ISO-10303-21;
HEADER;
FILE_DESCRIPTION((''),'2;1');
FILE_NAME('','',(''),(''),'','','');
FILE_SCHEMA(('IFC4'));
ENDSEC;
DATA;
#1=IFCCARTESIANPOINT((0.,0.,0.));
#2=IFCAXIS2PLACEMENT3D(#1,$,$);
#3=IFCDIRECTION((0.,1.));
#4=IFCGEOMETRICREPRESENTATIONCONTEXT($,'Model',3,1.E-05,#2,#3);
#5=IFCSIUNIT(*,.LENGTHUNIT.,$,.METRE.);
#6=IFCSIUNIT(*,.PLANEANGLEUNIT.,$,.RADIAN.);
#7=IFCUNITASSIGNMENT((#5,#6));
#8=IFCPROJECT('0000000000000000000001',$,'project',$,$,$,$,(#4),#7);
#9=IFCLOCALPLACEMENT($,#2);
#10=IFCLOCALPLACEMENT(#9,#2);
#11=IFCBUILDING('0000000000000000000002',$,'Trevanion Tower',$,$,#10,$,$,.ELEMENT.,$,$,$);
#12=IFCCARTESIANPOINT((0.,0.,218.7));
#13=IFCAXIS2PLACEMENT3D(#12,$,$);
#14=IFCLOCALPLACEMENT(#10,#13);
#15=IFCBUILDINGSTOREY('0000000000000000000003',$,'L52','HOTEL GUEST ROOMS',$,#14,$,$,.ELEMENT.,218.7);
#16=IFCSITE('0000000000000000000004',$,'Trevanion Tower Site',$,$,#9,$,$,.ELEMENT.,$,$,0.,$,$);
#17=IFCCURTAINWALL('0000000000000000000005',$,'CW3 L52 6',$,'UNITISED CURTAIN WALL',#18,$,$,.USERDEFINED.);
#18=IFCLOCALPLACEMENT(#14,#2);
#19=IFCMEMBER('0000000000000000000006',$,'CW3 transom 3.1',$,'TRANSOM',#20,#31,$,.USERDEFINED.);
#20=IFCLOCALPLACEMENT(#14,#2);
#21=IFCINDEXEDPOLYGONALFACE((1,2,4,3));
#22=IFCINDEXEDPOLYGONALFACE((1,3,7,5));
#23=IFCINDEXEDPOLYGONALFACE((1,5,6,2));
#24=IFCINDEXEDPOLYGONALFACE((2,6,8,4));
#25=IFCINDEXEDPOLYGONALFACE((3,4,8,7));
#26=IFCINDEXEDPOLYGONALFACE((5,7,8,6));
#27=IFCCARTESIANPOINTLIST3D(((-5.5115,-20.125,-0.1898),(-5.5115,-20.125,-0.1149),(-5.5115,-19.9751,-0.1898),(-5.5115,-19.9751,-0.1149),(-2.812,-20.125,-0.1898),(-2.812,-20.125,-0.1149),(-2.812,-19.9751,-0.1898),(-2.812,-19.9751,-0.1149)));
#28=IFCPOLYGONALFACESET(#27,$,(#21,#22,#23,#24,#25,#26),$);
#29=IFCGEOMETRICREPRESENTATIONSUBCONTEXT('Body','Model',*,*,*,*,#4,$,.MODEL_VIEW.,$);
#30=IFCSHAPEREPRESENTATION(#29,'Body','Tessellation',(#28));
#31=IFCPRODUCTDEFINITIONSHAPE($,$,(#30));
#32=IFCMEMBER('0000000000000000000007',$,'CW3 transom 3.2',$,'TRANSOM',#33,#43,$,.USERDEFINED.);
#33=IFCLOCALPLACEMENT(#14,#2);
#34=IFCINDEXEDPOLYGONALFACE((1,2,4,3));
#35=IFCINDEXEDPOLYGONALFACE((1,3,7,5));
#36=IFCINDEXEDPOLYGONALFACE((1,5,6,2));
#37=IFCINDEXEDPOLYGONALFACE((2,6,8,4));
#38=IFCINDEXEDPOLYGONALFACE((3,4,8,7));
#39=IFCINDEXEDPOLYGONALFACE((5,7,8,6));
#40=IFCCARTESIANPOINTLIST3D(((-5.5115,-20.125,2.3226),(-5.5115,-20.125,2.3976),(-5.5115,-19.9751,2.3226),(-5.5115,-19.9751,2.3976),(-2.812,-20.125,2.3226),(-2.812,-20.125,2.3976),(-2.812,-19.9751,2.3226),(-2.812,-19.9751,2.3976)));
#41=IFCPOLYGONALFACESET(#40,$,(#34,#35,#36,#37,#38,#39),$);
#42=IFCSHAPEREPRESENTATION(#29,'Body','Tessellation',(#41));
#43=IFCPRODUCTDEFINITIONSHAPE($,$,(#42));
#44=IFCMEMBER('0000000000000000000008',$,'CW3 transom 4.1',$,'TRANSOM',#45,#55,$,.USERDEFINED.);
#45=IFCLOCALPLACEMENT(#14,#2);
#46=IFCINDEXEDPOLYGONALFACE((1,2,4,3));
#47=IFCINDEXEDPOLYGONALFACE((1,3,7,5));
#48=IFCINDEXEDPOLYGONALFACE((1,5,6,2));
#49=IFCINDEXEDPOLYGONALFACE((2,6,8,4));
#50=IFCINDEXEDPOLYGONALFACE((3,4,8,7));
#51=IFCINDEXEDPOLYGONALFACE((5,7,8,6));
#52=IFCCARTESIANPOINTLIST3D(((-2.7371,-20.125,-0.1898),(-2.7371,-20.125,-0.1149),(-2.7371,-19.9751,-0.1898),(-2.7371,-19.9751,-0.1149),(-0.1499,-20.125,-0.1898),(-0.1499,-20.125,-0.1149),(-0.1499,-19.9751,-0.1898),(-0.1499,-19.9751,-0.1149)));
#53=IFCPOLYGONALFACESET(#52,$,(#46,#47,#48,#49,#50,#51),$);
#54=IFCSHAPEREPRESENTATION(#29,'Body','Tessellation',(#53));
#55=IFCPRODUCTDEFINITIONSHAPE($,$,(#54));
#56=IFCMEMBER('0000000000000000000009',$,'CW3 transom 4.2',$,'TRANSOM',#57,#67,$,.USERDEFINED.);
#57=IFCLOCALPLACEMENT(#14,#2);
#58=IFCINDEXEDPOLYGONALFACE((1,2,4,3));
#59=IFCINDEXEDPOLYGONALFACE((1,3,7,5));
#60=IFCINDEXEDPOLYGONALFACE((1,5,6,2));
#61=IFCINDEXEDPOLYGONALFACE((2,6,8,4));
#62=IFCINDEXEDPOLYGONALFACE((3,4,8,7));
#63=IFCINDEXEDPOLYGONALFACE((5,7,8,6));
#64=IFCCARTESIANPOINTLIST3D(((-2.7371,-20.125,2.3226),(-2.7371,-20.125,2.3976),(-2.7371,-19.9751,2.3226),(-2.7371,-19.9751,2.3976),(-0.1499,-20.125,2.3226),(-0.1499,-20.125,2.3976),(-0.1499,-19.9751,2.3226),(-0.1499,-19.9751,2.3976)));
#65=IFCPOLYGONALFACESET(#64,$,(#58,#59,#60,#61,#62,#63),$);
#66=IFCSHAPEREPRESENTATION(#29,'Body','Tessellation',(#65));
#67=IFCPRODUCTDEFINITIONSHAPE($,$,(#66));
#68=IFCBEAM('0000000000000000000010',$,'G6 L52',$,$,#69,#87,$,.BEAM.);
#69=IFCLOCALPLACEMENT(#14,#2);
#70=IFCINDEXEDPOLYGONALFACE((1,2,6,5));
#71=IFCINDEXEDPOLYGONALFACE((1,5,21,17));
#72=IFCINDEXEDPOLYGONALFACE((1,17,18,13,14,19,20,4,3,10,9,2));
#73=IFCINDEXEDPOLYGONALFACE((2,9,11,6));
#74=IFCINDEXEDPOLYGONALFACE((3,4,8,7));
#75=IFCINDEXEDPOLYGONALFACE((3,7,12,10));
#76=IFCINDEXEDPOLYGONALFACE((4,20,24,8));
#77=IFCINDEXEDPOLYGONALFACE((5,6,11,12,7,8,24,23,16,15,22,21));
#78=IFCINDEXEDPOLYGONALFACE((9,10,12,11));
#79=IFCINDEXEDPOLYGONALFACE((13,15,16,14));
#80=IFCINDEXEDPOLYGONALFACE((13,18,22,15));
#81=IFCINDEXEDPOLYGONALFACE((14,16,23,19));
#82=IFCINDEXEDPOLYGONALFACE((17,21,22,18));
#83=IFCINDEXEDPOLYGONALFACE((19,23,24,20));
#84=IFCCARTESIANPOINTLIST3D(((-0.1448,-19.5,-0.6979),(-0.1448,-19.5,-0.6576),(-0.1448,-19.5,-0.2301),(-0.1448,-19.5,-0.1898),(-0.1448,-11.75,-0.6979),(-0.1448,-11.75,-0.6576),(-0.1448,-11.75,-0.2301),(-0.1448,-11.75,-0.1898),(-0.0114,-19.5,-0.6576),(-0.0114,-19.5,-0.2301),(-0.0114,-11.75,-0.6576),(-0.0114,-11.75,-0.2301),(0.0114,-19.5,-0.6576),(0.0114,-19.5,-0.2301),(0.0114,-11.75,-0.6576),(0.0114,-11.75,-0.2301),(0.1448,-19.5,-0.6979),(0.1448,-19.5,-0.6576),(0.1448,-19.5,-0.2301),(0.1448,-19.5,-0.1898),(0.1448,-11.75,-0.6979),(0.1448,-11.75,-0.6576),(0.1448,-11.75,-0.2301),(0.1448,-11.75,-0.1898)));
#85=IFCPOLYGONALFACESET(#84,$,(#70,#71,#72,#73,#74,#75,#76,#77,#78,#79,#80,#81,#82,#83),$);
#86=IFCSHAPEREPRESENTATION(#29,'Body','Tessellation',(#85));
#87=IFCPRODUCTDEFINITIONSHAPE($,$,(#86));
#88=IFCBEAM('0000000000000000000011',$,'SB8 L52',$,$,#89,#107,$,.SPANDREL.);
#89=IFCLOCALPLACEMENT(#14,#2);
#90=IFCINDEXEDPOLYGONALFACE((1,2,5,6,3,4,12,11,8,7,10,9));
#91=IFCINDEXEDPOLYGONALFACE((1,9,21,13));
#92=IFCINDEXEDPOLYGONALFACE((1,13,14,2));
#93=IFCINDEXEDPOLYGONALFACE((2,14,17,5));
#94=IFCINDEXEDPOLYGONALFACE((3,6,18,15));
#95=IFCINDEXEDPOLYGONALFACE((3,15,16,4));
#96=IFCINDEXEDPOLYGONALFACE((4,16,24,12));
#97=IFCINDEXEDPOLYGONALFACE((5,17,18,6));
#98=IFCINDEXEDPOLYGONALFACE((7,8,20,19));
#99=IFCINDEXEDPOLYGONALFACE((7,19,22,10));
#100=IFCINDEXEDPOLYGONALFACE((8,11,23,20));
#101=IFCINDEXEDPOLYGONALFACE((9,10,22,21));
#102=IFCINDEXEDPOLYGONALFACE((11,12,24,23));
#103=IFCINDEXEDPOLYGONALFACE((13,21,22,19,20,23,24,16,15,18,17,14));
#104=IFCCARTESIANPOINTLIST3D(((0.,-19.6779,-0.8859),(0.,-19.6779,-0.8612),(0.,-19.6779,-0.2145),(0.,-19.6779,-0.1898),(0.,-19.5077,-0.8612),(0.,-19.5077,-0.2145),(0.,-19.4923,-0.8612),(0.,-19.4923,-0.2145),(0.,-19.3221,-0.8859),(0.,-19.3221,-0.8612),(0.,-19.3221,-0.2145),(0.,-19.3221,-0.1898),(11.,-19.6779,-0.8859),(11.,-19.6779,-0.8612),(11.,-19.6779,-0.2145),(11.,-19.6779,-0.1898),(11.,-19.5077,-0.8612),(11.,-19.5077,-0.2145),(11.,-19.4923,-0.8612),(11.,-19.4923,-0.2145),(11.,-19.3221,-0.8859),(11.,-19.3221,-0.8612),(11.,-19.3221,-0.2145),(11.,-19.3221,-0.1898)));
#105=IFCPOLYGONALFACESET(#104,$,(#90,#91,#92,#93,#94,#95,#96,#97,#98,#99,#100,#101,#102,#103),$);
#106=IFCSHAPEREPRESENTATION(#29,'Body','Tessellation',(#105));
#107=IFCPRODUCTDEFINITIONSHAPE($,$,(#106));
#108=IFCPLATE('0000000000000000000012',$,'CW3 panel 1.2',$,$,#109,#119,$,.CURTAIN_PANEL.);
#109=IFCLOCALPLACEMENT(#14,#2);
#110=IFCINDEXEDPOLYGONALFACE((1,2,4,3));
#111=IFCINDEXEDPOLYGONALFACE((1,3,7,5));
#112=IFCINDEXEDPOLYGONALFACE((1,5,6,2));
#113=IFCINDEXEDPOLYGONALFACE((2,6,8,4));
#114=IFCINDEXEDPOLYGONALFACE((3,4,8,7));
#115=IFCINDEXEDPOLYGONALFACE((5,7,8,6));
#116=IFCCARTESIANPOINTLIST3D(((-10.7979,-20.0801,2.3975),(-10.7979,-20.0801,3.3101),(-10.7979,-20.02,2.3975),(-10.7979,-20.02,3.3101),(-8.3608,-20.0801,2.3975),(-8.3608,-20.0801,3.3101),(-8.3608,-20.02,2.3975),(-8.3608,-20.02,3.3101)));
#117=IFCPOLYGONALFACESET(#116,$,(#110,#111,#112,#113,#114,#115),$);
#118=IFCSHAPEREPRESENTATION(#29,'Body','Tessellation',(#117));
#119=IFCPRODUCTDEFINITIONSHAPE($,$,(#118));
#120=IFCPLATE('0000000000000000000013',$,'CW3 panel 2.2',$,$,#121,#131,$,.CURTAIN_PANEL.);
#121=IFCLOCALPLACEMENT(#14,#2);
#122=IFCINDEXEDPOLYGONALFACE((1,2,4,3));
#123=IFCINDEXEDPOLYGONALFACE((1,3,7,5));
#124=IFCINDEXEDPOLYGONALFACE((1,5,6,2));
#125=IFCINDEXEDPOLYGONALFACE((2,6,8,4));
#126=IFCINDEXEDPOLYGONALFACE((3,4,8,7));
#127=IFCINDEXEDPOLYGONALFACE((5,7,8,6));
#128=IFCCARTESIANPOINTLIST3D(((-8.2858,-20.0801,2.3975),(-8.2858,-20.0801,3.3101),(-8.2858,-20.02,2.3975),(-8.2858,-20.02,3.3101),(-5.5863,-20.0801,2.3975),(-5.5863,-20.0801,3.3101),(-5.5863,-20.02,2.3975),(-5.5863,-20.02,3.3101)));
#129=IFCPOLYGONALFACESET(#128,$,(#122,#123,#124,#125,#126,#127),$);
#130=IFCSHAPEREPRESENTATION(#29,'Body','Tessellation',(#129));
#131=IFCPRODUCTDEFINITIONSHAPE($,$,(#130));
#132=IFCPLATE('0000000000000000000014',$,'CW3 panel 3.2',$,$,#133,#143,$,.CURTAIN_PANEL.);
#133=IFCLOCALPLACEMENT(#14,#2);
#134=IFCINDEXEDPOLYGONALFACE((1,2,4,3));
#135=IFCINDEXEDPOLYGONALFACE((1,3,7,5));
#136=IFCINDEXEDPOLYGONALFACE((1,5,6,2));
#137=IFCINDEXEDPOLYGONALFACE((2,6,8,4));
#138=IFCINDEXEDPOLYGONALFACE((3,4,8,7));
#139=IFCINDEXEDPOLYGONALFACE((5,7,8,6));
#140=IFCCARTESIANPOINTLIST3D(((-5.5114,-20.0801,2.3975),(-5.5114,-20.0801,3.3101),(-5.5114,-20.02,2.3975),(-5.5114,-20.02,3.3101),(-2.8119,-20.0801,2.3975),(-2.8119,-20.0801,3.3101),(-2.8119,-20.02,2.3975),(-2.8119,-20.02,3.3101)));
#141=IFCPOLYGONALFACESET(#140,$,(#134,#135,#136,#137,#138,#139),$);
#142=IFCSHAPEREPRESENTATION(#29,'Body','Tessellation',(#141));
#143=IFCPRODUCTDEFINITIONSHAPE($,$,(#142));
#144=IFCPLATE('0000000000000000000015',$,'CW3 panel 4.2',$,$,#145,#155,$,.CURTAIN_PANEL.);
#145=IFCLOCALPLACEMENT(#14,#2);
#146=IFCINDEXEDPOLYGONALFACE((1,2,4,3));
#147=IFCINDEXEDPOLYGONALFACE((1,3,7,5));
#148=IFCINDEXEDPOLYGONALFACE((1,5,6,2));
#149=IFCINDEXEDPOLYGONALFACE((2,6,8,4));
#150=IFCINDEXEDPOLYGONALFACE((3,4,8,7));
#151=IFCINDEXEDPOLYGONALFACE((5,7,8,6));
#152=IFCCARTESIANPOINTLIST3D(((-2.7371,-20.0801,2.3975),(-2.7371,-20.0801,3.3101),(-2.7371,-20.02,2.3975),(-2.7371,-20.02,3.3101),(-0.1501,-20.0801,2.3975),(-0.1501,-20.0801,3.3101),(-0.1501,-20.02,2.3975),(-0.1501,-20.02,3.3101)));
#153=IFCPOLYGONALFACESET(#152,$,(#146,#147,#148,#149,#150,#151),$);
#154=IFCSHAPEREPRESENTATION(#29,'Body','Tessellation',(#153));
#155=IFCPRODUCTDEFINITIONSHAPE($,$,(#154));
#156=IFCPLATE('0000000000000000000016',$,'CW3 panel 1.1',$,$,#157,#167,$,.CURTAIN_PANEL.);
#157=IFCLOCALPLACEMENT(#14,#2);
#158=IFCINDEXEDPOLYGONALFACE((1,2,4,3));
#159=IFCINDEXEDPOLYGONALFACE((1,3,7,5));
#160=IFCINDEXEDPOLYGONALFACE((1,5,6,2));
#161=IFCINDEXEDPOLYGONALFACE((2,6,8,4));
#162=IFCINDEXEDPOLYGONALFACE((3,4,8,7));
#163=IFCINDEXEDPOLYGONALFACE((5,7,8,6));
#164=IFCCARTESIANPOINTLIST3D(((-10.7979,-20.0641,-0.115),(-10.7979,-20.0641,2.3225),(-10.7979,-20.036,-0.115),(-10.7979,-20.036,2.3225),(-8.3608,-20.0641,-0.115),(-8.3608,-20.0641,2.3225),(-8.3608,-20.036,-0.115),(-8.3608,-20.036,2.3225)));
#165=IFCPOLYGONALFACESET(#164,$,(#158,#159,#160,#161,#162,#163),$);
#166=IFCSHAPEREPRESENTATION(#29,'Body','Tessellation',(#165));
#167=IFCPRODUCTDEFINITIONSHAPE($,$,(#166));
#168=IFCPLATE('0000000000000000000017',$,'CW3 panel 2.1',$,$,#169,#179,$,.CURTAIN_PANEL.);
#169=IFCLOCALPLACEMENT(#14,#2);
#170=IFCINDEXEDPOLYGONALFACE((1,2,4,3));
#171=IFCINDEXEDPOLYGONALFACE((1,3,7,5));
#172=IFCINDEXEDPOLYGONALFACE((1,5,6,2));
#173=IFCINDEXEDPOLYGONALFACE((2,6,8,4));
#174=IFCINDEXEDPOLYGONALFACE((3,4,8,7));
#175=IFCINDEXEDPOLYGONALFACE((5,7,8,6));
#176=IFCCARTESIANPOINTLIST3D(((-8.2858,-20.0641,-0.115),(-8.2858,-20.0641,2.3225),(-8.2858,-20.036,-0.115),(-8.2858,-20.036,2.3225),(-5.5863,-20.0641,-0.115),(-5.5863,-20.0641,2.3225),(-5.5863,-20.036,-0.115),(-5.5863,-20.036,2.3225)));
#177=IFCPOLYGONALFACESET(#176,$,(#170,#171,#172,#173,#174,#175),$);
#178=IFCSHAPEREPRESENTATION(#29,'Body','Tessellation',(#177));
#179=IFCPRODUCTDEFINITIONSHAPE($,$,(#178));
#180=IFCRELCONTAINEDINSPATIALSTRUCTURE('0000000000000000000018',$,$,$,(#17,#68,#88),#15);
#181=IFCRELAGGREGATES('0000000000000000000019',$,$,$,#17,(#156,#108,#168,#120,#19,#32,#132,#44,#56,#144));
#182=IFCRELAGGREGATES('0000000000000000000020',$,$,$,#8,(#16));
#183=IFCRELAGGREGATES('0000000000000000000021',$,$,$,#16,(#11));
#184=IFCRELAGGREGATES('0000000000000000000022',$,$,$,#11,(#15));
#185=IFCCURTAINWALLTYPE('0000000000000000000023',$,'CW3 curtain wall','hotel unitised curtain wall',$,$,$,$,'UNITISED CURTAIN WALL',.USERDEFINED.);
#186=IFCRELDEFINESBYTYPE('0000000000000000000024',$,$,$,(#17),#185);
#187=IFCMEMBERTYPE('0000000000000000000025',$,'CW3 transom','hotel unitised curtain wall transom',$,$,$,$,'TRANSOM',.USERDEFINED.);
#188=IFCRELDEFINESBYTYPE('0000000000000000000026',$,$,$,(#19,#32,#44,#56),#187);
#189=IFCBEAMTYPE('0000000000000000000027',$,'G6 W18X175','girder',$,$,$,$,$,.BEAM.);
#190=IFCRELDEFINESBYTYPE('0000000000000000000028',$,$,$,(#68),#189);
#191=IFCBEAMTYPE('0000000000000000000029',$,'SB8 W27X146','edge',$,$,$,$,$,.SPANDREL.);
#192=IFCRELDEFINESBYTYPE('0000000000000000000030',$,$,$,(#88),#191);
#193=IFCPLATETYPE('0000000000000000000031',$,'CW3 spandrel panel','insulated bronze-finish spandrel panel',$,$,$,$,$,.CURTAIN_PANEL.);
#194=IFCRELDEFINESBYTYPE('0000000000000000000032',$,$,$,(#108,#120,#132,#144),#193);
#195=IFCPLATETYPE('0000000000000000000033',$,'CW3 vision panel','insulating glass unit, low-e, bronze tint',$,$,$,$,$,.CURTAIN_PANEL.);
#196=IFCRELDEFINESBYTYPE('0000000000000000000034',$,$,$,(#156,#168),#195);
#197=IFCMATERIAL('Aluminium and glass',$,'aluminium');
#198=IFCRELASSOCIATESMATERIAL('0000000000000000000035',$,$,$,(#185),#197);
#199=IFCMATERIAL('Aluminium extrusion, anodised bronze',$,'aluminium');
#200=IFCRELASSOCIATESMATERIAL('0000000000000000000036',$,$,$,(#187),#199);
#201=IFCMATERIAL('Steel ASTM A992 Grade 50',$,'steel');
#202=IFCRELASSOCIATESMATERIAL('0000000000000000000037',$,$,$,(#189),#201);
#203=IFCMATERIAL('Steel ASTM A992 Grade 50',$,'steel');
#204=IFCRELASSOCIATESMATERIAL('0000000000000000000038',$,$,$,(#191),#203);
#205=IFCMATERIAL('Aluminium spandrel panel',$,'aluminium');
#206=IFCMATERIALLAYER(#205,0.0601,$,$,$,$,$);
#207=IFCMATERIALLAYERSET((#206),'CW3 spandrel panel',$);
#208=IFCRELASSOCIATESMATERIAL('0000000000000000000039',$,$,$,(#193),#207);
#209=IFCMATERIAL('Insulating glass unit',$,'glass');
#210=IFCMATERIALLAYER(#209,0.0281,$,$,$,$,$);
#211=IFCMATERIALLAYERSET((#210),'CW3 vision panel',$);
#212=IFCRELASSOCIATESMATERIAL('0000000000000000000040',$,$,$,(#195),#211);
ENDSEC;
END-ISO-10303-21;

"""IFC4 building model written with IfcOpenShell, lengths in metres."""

from ifc_helpers import new_model, si_unit, direction, frame, origin, origin_2d, place, context, subcontext, project, spatial, rectangle, i_section, extrude, material, layer, layer_set, material_profile, profile_set, type_object, element, aggregate, save


model = new_model("IFC4")

# Units and contexts
model_context = context("Model", 3, precision=1e-05, world=origin(), true_north=direction((0.0, 1.0)))
body_context = subcontext(model_context, "Body", "Model", "MODEL_VIEW")
ifc_project = project(units=[si_unit("LENGTHUNIT", "METRE"), si_unit("PLANEANGLEUNIT", "RADIAN")], contexts=[model_context])

# Site, building, storey
site_placement = place(None, origin())
site = spatial("IfcSite", under=ifc_project, at=site_placement, Name="Trevanion Tower Site", CompositionType="ELEMENT", RefElevation=0.0)
building_placement = place(site_placement, origin())
building = spatial("IfcBuilding", under=site, at=building_placement, Name="Trevanion Tower", CompositionType="ELEMENT")
storey_placement = place(building_placement, frame((0.0, 0.0, 218.7)))
storey = spatial("IfcBuildingStorey", under=building, at=storey_placement, Name="L52", Description="HOTEL GUEST ROOMS", CompositionType="ELEMENT", Elevation=218.7)

# Curtain wall, members
ifc_material_1 = material(Name="Aluminium and glass", Category="aluminium")
curtain_wall_type = type_object("IfcCurtainWallType", Name="CW3 curtain wall", Description="hotel unitised curtain wall", ElementType="UNITISED CURTAIN WALL", PredefinedType="USERDEFINED", material=ifc_material_1)
curtain_wall_placement = place(storey_placement, origin())
curtain_wall = element("IfcCurtainWall", 1, at=curtain_wall_placement, inside=storey, type_object=curtain_wall_type, Name="CW3 L52 6", ObjectType="UNITISED CURTAIN WALL", PredefinedType="USERDEFINED")
ifc_material_2 = material(Name="Aluminium extrusion, anodised bronze", Category="aluminium")
ifc_material_profile_1 = material_profile(ifc_material_2, rectangle(XDim=0.1499, YDim=0.075, at=origin_2d()), Name="CW3 transom")
ifc_profile_set_1 = profile_set([ifc_material_profile_1], Name="Aluminium extrusion, anodised bronze")
member_type_1 = type_object("IfcMemberType", Name="CW3 transom", Description="hotel unitised curtain wall transom", ElementType="TRANSOM", PredefinedType="USERDEFINED", material=ifc_profile_set_1)
member_1_placement = place(storey_placement, frame((-5.5115, -20.05, -0.1523), z_axis=(1.0, 0.0, 0.0), x_axis=(0.0, 1.0, 0.0)))
member_1 = element("IfcMember", 2, at=member_1_placement, type_object=member_type_1, Name="CW3 transom 3.1", ObjectType="TRANSOM", PredefinedType="USERDEFINED", context=body_context, shape_type="SweptSolid", body=[
    extrude(rectangle(XDim=0.1499, YDim=0.075, at=origin_2d()), origin(), (0.0, 0.0, 1.0), 2.6995),
])
member_2_placement = place(storey_placement, frame((-5.5115, -20.05, 2.3601), z_axis=(1.0, 0.0, 0.0), x_axis=(0.0, 1.0, 0.0)))
member_2 = element("IfcMember", 3, at=member_2_placement, type_object=member_type_1, Name="CW3 transom 3.2", ObjectType="TRANSOM", PredefinedType="USERDEFINED", context=body_context, shape_type="SweptSolid", body=[
    extrude(rectangle(XDim=0.1499, YDim=0.075, at=origin_2d()), origin(), (0.0, 0.0, 1.0), 2.6995),
])
member_3_placement = place(storey_placement, frame((-2.7371, -20.05, -0.1523), z_axis=(1.0, 0.0, 0.0), x_axis=(0.0, 1.0, 0.0)))
member_3 = element("IfcMember", 4, at=member_3_placement, type_object=member_type_1, Name="CW3 transom 4.1", ObjectType="TRANSOM", PredefinedType="USERDEFINED", context=body_context, shape_type="SweptSolid", body=[
    extrude(rectangle(XDim=0.1499, YDim=0.075, at=origin_2d()), origin(), (0.0, 0.0, 1.0), 2.5872),
])
member_4_placement = place(storey_placement, frame((-2.7371, -20.05, 2.3601), z_axis=(1.0, 0.0, 0.0), x_axis=(0.0, 1.0, 0.0)))
member_4 = element("IfcMember", 5, at=member_4_placement, type_object=member_type_1, Name="CW3 transom 4.2", ObjectType="TRANSOM", PredefinedType="USERDEFINED", context=body_context, shape_type="SweptSolid", body=[
    extrude(rectangle(XDim=0.1499, YDim=0.075, at=origin_2d()), origin(), (0.0, 0.0, 1.0), 2.5872),
])

# Beams
ifc_material_3 = material(Name="Steel ASTM A992 Grade 50", Category="steel")
ifc_material_profile_2 = material_profile(ifc_material_3, i_section(OverallWidth=0.2896, OverallDepth=0.5081, WebThickness=0.0227, FlangeThickness=0.0403, at=origin_2d()), Name="W18X175")
ifc_profile_set_2 = profile_set([ifc_material_profile_2], Name="Steel ASTM A992 Grade 50")
beam_type_1 = type_object("IfcBeamType", Name="G6 W18X175", Description="girder", PredefinedType="BEAM", material=ifc_profile_set_2)
beam_1_placement = place(storey_placement, frame((0.0, -11.75, -0.4438), z_axis=(0.0, -1.0, 0.0), x_axis=(1.0, 0.0, 0.0)))
element("IfcBeam", 6, at=beam_1_placement, inside=storey, type_object=beam_type_1, Name="G6 L52", PredefinedType="BEAM", context=body_context, shape_type="SweptSolid", body=[
    extrude(i_section(OverallWidth=0.2896, OverallDepth=0.5081, WebThickness=0.0227, FlangeThickness=0.0403, at=origin_2d()), origin(), (0.0, 0.0, 1.0), 7.75),
])
ifc_material_4 = material(Name="Steel ASTM A992 Grade 50", Category="steel")
ifc_material_profile_3 = material_profile(ifc_material_4, i_section(OverallWidth=0.3557, OverallDepth=0.696, WebThickness=0.0154, FlangeThickness=0.0247, at=origin_2d()), Name="W27X146")
ifc_profile_set_3 = profile_set([ifc_material_profile_3], Name="Steel ASTM A992 Grade 50")
beam_type_2 = type_object("IfcBeamType", Name="SB8 W27X146", Description="edge", PredefinedType="SPANDREL", material=ifc_profile_set_3)
beam_2_placement = place(storey_placement, frame((0.0, -19.5, -0.5378), z_axis=(1.0, 0.0, 0.0), x_axis=(0.0, 1.0, 0.0)))
element("IfcBeam", 7, at=beam_2_placement, inside=storey, type_object=beam_type_2, Name="SB8 L52", PredefinedType="SPANDREL", context=body_context, shape_type="SweptSolid", body=[
    extrude(i_section(OverallWidth=0.3557, OverallDepth=0.696, WebThickness=0.0154, FlangeThickness=0.0247, at=origin_2d()), origin(), (0.0, 0.0, 1.0), 11.0),
])

# Plates
ifc_material_5 = material(Name="Aluminium spandrel panel", Category="aluminium")
ifc_layer_1 = layer(ifc_material_5, 0.0601)
ifc_layer_set_1 = layer_set([ifc_layer_1], Name="CW3 spandrel panel")
plate_type_1 = type_object("IfcPlateType", Name="CW3 spandrel panel", Description="insulated bronze-finish spandrel panel", PredefinedType="CURTAIN_PANEL", material=ifc_layer_set_1)
plate_1_placement = place(storey_placement, frame((-9.5793, -20.05, 2.3975), z_axis=(0.0, 0.0, 1.0), x_axis=(1.0, 0.0, 0.0)))
plate_1 = element("IfcPlate", 8, at=plate_1_placement, type_object=plate_type_1, Name="CW3 panel 1.2", PredefinedType="CURTAIN_PANEL", context=body_context, shape_type="SweptSolid", body=[
    extrude(rectangle(XDim=2.437, YDim=0.0601, at=origin_2d()), origin(), (0.0, 0.0, 1.0), 0.9126),
])
plate_2_placement = place(storey_placement, frame((-6.936, -20.05, 2.3975), z_axis=(0.0, 0.0, 1.0), x_axis=(1.0, 0.0, 0.0)))
plate_2 = element("IfcPlate", 9, at=plate_2_placement, type_object=plate_type_1, Name="CW3 panel 2.2", PredefinedType="CURTAIN_PANEL", context=body_context, shape_type="SweptSolid", body=[
    extrude(rectangle(XDim=2.6995, YDim=0.0601, at=origin_2d()), origin(), (0.0, 0.0, 1.0), 0.9126),
])
plate_3_placement = place(storey_placement, frame((-4.1616, -20.05, 2.3975), z_axis=(0.0, 0.0, 1.0), x_axis=(1.0, 0.0, 0.0)))
plate_3 = element("IfcPlate", 10, at=plate_3_placement, type_object=plate_type_1, Name="CW3 panel 3.2", PredefinedType="CURTAIN_PANEL", context=body_context, shape_type="SweptSolid", body=[
    extrude(rectangle(XDim=2.6995, YDim=0.0601, at=origin_2d()), origin(), (0.0, 0.0, 1.0), 0.9126),
])
plate_4_placement = place(storey_placement, frame((-1.4436, -20.05, 2.3975), z_axis=(0.0, 0.0, 1.0), x_axis=(1.0, 0.0, 0.0)))
plate_4 = element("IfcPlate", 11, at=plate_4_placement, type_object=plate_type_1, Name="CW3 panel 4.2", PredefinedType="CURTAIN_PANEL", context=body_context, shape_type="SweptSolid", body=[
    extrude(rectangle(XDim=2.5869, YDim=0.0601, at=origin_2d()), origin(), (0.0, 0.0, 1.0), 0.9126),
])
ifc_material_6 = material(Name="Insulating glass unit", Category="glass")
ifc_layer_2 = layer(ifc_material_6, 0.0281)
ifc_layer_set_2 = layer_set([ifc_layer_2], Name="CW3 vision panel")
plate_type_2 = type_object("IfcPlateType", Name="CW3 vision panel", Description="insulating glass unit, low-e, bronze tint", PredefinedType="CURTAIN_PANEL", material=ifc_layer_set_2)
plate_5_placement = place(storey_placement, frame((-9.5793, -20.05, -0.115), z_axis=(0.0, 0.0, 1.0), x_axis=(1.0, 0.0, 0.0)))
plate_5 = element("IfcPlate", 12, at=plate_5_placement, type_object=plate_type_2, Name="CW3 panel 1.1", PredefinedType="CURTAIN_PANEL", context=body_context, shape_type="SweptSolid", body=[
    extrude(rectangle(XDim=2.437, YDim=0.0281, at=origin_2d()), origin(), (0.0, 0.0, 1.0), 2.4375),
])
plate_6_placement = place(storey_placement, frame((-6.936, -20.05, -0.115), z_axis=(0.0, 0.0, 1.0), x_axis=(1.0, 0.0, 0.0)))
plate_6 = element("IfcPlate", 13, at=plate_6_placement, type_object=plate_type_2, Name="CW3 panel 2.1", PredefinedType="CURTAIN_PANEL", context=body_context, shape_type="SweptSolid", body=[
    extrude(rectangle(XDim=2.6995, YDim=0.0281, at=origin_2d()), origin(), (0.0, 0.0, 1.0), 2.4375),
])
aggregate(curtain_wall, [plate_5, plate_1, plate_6, plate_2, member_1, member_2, plate_3, member_3, member_4, plate_4])

save(model, "model.ifc")
